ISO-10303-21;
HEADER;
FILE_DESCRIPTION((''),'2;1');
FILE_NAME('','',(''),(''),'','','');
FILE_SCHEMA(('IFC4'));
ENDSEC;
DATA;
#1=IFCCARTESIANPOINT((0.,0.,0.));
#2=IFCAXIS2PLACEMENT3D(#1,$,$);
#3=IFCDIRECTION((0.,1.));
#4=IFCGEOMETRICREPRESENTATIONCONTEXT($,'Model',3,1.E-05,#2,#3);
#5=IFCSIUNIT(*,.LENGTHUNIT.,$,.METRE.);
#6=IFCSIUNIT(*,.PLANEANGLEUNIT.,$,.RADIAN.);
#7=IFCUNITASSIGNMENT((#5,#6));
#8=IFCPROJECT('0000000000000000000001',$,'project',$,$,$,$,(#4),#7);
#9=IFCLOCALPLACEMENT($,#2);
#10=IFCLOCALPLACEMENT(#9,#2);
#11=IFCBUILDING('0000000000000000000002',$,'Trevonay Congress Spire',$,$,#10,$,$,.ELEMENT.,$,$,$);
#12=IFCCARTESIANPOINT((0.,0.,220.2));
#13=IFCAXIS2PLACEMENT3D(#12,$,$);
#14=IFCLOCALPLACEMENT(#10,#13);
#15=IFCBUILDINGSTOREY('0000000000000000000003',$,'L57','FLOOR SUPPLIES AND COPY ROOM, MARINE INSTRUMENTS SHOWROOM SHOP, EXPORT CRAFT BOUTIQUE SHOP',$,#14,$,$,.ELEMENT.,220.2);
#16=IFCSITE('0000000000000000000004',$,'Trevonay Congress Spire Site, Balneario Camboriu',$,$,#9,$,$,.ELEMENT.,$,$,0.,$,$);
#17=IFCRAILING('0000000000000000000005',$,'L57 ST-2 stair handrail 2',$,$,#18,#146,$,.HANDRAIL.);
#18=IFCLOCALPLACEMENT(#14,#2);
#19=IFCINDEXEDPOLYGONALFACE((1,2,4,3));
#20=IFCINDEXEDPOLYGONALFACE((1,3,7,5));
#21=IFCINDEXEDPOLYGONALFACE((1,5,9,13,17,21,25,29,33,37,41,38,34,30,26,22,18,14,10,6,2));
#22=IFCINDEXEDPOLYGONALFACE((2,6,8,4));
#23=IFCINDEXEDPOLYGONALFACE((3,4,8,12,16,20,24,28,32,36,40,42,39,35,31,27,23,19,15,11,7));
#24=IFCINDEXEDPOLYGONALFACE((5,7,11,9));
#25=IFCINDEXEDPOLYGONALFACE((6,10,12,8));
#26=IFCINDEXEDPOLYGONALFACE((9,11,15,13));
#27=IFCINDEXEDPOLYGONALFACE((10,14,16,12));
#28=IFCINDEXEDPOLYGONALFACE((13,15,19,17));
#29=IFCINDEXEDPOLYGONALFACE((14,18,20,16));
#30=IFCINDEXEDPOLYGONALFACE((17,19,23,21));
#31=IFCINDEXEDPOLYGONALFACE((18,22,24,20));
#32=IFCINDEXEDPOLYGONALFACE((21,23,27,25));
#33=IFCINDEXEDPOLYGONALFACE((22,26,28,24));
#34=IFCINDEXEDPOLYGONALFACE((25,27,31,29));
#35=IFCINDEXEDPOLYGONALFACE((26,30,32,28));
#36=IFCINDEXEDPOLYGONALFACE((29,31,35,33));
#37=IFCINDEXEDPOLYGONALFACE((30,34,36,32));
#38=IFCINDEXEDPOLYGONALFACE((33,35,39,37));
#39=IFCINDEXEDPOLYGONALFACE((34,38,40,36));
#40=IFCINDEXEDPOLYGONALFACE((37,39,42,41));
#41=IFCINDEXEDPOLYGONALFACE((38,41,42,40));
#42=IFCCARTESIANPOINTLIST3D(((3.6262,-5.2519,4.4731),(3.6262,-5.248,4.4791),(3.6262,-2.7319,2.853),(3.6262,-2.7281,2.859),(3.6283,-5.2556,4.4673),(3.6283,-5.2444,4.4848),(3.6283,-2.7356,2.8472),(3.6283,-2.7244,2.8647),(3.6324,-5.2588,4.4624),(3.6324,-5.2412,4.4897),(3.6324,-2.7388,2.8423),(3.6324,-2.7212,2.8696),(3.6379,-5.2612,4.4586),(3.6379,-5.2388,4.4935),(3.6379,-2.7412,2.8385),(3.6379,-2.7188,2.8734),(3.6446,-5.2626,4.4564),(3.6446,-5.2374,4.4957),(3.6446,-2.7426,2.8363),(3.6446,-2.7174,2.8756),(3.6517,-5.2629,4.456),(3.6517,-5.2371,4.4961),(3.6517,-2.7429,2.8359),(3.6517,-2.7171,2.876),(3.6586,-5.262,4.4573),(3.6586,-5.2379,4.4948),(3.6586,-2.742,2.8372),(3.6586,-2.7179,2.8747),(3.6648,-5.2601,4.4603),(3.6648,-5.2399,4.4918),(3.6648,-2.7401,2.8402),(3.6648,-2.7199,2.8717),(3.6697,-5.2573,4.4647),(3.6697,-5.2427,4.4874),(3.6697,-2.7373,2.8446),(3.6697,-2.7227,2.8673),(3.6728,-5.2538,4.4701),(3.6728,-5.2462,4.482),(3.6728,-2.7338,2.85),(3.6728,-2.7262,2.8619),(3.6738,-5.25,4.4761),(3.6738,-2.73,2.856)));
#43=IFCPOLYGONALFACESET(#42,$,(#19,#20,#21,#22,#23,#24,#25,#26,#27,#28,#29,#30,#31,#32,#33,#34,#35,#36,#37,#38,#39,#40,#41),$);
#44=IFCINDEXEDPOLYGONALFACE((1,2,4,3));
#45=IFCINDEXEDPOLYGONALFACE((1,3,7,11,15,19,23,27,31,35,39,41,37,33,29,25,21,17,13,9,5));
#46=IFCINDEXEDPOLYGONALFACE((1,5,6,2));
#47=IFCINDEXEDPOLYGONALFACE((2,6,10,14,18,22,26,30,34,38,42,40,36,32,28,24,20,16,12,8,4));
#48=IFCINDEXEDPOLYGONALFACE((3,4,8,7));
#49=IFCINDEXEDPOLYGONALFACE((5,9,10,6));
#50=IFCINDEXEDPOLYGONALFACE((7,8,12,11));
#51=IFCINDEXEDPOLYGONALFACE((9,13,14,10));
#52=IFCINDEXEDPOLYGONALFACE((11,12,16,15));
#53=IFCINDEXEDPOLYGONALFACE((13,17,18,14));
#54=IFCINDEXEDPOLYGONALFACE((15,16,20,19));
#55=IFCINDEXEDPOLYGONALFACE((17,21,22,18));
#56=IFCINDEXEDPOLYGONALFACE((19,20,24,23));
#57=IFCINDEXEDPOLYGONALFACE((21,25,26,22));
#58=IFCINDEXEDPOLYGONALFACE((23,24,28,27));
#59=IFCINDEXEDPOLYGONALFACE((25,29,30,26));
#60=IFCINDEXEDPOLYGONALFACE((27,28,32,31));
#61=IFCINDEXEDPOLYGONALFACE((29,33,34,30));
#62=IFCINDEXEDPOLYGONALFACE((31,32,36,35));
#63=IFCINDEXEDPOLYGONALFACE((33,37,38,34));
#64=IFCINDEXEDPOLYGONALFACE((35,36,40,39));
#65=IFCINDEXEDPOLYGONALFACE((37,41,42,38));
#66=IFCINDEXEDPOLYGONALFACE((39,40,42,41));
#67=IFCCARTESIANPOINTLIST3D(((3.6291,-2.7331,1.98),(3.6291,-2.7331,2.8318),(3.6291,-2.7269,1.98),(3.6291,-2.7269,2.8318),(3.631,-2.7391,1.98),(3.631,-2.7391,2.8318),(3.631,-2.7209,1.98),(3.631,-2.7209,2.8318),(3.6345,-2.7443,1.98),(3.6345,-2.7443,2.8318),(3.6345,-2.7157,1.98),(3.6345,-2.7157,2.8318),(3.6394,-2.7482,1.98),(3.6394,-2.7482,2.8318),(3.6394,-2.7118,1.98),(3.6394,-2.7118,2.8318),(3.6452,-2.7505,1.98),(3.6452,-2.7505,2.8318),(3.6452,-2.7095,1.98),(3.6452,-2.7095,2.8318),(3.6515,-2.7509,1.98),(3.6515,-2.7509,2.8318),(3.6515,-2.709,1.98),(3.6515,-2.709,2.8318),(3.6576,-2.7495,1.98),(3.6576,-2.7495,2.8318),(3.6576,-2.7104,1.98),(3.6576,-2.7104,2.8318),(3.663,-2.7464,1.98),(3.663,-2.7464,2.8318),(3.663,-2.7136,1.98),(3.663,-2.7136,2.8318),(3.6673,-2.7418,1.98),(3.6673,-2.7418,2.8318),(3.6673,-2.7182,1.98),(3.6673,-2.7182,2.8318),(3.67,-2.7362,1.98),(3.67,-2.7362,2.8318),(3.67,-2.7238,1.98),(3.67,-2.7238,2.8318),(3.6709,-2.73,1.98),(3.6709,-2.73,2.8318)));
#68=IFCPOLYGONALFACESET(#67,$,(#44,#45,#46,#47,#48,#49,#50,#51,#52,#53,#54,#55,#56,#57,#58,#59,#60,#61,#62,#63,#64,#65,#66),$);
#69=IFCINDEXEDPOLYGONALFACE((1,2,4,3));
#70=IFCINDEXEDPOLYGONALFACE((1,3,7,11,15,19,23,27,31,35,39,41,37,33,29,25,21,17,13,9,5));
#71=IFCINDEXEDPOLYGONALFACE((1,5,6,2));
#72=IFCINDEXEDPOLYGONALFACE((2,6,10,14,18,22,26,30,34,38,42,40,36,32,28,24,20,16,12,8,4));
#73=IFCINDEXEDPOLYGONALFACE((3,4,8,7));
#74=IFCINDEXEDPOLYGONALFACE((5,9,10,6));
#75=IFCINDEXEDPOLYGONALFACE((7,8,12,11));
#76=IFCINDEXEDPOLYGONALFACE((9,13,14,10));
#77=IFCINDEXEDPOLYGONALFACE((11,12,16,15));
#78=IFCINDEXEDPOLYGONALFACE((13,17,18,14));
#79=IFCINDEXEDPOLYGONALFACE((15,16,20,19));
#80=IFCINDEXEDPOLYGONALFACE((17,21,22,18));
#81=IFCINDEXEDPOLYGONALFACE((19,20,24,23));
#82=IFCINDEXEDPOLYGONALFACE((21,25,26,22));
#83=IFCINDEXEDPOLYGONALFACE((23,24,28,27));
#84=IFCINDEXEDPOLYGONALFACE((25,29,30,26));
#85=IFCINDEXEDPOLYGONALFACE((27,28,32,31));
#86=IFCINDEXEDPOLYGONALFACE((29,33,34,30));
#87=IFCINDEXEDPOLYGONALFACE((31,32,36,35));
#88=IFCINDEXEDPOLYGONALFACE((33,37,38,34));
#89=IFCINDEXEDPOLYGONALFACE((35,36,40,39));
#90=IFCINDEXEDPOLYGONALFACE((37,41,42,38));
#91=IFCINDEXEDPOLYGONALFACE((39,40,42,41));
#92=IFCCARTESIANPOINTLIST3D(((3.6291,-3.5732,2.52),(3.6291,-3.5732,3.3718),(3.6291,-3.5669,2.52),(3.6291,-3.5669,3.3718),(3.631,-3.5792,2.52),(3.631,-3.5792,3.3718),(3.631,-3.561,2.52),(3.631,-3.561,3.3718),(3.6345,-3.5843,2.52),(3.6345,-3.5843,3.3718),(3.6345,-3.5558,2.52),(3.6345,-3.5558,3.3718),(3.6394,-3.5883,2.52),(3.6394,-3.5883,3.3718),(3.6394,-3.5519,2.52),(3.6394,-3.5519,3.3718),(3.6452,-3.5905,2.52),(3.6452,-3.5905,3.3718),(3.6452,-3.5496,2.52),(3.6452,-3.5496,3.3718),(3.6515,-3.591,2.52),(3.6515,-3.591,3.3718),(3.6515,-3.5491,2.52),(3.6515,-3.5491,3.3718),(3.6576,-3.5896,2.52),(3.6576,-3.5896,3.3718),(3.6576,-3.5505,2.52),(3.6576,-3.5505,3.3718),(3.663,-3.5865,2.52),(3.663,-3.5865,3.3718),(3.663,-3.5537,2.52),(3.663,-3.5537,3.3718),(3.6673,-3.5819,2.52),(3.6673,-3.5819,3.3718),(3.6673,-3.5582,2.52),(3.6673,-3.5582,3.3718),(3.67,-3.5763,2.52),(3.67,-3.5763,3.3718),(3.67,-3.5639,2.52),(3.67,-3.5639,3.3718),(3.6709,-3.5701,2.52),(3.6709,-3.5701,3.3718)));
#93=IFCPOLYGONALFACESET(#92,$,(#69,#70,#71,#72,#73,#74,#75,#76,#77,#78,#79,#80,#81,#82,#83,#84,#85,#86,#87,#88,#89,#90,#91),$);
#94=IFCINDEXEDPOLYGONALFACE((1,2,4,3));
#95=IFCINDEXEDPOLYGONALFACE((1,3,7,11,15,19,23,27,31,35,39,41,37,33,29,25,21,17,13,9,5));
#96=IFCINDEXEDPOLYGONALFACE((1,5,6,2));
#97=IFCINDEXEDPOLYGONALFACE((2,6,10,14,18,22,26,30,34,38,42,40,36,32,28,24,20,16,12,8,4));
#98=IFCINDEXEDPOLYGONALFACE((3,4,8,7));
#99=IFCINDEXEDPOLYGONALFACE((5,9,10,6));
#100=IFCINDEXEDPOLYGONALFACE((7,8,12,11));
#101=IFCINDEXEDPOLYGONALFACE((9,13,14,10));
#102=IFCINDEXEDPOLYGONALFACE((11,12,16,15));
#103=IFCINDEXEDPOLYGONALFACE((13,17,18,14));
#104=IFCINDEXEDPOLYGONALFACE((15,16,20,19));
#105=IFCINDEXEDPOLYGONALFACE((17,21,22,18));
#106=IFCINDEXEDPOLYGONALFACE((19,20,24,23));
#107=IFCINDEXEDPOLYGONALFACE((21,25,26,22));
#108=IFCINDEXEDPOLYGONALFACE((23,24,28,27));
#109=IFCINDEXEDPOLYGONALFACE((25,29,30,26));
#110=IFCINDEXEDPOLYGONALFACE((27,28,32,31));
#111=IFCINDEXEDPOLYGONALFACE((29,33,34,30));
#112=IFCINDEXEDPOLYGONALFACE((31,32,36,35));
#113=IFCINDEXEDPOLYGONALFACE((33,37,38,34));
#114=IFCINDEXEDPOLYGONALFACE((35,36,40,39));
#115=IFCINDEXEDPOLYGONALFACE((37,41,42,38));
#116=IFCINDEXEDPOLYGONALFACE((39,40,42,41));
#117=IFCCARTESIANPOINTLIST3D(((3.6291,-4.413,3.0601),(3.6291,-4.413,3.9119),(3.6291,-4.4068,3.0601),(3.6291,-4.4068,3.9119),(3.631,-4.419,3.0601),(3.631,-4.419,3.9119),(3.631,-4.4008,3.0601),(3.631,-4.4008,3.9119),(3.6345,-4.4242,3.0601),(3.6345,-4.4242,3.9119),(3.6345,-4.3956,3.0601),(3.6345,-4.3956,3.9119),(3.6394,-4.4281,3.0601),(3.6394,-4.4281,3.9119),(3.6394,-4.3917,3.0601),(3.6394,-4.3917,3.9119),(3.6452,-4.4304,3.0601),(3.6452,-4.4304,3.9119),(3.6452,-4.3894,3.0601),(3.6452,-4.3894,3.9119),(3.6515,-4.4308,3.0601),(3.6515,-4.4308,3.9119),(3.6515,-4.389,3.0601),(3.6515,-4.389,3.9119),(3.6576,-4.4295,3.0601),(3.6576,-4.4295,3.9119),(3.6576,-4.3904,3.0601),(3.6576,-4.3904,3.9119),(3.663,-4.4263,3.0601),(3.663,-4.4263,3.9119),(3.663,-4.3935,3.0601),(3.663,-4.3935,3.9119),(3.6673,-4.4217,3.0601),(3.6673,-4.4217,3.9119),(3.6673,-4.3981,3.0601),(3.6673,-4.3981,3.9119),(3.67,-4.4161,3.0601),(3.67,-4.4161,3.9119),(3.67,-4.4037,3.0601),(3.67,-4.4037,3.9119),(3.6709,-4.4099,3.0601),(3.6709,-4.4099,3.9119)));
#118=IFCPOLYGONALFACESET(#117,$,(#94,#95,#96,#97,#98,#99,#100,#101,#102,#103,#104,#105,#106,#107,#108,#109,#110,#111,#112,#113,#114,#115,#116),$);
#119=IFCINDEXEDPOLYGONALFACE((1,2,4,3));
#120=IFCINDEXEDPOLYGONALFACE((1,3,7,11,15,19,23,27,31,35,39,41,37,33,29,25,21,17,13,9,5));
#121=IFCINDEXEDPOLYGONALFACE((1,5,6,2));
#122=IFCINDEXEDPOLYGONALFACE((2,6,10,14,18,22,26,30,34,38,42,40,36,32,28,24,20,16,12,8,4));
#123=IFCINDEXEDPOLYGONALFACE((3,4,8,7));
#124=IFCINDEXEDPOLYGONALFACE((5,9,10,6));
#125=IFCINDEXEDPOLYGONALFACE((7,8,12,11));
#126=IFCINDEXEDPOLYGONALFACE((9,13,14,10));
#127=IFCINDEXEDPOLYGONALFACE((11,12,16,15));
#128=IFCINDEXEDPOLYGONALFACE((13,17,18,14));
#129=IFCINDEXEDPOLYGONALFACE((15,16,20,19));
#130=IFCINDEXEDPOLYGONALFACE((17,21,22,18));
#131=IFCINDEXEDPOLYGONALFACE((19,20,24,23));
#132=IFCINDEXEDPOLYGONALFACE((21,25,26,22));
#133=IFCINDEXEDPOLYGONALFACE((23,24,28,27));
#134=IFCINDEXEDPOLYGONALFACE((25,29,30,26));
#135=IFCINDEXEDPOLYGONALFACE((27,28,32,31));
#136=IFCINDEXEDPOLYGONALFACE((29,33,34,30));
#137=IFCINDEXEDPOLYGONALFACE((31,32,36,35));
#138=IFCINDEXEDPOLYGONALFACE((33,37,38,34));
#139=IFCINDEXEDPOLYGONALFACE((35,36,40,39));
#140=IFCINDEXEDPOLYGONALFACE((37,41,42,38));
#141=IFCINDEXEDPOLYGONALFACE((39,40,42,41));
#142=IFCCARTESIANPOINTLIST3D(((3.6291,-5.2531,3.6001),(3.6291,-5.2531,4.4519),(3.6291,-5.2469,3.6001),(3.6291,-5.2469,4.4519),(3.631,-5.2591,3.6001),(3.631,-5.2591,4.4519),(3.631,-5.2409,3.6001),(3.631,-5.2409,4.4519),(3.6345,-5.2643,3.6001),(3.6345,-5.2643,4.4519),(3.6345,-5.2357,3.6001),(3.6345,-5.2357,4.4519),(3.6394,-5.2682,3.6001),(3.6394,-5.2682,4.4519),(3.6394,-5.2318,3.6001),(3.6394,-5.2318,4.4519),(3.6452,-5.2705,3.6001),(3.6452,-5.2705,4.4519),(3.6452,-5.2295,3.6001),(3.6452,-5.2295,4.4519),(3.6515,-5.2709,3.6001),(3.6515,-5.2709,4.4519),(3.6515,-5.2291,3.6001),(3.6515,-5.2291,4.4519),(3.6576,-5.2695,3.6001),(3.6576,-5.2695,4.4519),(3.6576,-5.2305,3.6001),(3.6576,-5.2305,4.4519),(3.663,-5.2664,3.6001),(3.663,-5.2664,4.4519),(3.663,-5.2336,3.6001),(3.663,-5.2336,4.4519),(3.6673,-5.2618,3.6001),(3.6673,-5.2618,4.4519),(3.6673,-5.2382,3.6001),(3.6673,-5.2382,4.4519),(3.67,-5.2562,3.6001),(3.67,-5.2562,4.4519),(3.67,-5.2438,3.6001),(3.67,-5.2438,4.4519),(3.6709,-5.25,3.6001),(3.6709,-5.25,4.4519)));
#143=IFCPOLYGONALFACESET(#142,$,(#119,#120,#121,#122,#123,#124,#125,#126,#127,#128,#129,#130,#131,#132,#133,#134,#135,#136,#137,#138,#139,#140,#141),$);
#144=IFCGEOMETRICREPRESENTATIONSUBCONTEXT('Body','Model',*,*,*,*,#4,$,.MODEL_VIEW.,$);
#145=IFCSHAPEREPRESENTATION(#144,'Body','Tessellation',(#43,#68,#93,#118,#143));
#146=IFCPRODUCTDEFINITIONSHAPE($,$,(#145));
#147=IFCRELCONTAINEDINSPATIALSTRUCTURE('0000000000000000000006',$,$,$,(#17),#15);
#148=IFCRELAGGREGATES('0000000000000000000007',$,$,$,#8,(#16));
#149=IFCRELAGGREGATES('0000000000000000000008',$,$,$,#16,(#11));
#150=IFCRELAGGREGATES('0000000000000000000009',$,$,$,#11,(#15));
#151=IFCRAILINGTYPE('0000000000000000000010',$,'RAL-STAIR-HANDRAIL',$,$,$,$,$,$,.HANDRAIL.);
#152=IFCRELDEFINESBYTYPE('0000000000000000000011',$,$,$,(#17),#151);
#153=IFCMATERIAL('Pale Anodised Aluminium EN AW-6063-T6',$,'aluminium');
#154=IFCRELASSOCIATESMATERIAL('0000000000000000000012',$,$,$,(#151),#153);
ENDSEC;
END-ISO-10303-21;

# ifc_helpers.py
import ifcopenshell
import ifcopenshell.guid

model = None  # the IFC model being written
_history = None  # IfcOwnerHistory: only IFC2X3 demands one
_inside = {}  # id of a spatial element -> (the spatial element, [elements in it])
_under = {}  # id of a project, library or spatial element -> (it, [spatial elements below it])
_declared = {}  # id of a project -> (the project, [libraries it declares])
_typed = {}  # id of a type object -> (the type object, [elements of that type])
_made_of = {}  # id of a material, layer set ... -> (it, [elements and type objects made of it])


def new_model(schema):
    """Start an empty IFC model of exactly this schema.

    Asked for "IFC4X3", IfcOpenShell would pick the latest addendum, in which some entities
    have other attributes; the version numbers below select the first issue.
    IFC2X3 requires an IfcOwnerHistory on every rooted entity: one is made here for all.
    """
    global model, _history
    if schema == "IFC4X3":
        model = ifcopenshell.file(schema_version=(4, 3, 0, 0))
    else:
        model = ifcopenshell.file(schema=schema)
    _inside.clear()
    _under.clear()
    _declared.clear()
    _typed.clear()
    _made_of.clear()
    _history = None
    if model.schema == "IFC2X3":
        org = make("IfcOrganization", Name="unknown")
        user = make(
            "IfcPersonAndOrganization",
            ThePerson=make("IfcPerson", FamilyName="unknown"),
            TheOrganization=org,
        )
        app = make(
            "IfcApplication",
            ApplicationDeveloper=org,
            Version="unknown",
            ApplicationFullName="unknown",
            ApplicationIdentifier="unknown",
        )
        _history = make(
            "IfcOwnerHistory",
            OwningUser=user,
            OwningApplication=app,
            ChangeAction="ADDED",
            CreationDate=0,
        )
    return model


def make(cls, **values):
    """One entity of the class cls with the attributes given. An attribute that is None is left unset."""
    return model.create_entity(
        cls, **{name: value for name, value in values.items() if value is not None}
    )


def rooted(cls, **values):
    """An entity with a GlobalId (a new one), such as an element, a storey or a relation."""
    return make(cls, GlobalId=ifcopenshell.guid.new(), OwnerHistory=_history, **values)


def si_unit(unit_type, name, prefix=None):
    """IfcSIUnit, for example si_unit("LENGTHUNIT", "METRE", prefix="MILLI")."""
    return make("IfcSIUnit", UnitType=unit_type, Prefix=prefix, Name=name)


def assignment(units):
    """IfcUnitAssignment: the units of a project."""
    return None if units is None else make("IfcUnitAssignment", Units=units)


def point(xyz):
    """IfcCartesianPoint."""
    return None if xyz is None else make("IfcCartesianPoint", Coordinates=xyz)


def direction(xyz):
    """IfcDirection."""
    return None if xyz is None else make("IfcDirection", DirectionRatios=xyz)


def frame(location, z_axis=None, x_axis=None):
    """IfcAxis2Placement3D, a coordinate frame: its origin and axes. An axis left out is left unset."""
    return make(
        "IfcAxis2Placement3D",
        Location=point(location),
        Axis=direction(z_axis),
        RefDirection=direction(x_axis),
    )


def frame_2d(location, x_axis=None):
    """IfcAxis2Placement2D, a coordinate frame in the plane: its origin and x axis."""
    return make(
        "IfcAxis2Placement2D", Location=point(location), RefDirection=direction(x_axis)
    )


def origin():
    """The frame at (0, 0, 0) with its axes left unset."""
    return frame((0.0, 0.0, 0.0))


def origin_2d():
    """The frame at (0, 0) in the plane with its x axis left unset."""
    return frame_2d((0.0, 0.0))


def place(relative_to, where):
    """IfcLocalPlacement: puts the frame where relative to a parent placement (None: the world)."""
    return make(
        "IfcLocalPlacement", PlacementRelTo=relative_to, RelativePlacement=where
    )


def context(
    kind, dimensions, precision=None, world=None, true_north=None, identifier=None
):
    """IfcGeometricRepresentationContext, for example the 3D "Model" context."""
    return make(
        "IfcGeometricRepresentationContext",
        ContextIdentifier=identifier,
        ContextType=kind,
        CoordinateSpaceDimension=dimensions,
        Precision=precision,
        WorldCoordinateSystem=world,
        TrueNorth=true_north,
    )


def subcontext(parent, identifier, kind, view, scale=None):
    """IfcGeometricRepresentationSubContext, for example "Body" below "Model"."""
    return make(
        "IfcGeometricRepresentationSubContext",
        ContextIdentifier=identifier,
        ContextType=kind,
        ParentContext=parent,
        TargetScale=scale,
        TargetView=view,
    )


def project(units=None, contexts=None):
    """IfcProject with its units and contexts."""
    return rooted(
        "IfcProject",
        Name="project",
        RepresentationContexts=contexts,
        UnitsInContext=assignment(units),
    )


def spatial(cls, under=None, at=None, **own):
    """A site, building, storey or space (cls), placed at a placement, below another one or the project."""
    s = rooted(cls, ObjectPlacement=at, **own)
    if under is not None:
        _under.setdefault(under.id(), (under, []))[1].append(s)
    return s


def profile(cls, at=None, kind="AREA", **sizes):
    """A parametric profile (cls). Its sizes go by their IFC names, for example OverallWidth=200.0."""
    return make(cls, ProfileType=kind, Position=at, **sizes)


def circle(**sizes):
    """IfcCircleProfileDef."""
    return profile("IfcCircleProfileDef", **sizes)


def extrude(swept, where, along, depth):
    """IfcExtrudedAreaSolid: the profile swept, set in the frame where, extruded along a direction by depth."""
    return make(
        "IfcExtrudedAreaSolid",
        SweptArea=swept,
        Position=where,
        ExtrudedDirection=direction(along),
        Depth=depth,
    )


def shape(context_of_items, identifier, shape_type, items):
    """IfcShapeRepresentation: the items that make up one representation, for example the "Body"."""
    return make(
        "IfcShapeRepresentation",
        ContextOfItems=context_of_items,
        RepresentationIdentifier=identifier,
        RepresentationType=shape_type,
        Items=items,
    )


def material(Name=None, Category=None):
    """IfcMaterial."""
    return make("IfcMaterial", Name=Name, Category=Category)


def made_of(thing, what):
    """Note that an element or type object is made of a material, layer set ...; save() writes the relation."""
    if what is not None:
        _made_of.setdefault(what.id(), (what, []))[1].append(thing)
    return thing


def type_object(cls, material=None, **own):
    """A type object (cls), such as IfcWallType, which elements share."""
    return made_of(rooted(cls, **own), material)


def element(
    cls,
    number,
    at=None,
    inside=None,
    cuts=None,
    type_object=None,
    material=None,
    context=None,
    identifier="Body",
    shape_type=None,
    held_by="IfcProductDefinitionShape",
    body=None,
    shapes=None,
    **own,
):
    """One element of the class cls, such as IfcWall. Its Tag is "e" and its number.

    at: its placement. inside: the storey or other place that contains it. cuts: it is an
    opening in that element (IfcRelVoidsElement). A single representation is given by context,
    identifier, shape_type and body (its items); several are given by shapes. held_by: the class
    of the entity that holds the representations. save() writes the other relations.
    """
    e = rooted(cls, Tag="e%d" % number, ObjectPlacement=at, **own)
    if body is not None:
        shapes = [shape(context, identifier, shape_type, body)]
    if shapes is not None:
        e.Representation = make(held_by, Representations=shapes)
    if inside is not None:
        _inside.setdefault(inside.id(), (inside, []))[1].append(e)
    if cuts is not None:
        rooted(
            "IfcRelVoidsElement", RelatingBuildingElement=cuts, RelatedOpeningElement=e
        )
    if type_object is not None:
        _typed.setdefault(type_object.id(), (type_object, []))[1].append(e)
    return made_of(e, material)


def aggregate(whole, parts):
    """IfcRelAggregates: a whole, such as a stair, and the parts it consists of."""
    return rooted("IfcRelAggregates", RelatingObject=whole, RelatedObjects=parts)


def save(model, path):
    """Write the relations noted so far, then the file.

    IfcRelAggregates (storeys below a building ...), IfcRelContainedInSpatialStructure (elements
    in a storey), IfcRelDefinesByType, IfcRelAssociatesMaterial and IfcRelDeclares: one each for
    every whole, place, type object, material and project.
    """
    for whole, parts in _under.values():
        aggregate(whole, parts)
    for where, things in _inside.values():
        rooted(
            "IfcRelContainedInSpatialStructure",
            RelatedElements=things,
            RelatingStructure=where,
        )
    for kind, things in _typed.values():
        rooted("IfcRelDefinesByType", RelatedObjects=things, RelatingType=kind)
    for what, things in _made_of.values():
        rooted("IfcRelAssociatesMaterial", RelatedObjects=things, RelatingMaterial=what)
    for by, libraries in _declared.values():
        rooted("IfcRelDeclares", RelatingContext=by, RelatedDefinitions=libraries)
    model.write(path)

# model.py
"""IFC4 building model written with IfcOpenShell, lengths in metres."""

from ifc_helpers import new_model, si_unit, direction, frame, origin, origin_2d, place, context, subcontext, project, spatial, circle, extrude, material, type_object, element, save


model = new_model("IFC4")

# Units and contexts
model_context = context("Model", 3, precision=1e-05, world=origin(), true_north=direction((0.0, 1.0)))
body_context = subcontext(model_context, "Body", "Model", "MODEL_VIEW")
ifc_project = project(units=[si_unit("LENGTHUNIT", "METRE"), si_unit("PLANEANGLEUNIT", "RADIAN")], contexts=[model_context])

# Site, building, storey
site_placement = place(None, origin())
site = spatial("IfcSite", under=ifc_project, at=site_placement, Name="Trevonay Congress Spire Site, Balneario Camboriu", CompositionType="ELEMENT", RefElevation=0.0)
building_placement = place(site_placement, origin())
building = spatial("IfcBuilding", under=site, at=building_placement, Name="Trevonay Congress Spire", CompositionType="ELEMENT")
storey_placement = place(building_placement, frame((0.0, 0.0, 220.2)))
storey = spatial("IfcBuildingStorey", under=building, at=storey_placement, Name="L57", Description="FLOOR SUPPLIES AND COPY ROOM, MARINE INSTRUMENTS SHOWROOM SHOP, EXPORT CRAFT BOUTIQUE SHOP", CompositionType="ELEMENT", Elevation=220.2)

# Shared definitions
ifc_material_1 = material(Name="Pale Anodised Aluminium EN AW-6063-T6", Category="aluminium")

# Railing
railing_type_1 = type_object("IfcRailingType", Name="RAL-STAIR-HANDRAIL", PredefinedType="HANDRAIL", material=ifc_material_1)
railing_1_placement = place(storey_placement, frame((3.6499, -2.73, 1.98)))
element("IfcRailing", 1, at=railing_1_placement, inside=storey, type_object=railing_type_1, Name="L57 ST-2 stair handrail 2", PredefinedType="HANDRAIL", context=body_context, shape_type="SweptSolid", body=[
    extrude(circle(Radius=0.0239, at=origin_2d()), frame((0.0, 0.0, 0.876), z_axis=(0.0, -0.841163, 0.540782), x_axis=(1.0, 0.0, 0.0)), (0.0, 0.0, 1.0), 2.9958),
    extrude(circle(Radius=0.021, at=origin_2d()), origin(), (0.0, 0.0, 1.0), 0.8518),
    extrude(circle(Radius=0.021, at=origin_2d()), frame((0.0, -0.8401, 0.54)), (0.0, 0.0, 1.0), 0.8518),
    extrude(circle(Radius=0.021, at=origin_2d()), frame((0.0, -1.6799, 1.0801)), (0.0, 0.0, 1.0), 0.8518),
    extrude(circle(Radius=0.021, at=origin_2d()), frame((0.0, -2.52, 1.6201)), (0.0, 0.0, 1.0), 0.8518),
])

save(model, "model.ifc")
